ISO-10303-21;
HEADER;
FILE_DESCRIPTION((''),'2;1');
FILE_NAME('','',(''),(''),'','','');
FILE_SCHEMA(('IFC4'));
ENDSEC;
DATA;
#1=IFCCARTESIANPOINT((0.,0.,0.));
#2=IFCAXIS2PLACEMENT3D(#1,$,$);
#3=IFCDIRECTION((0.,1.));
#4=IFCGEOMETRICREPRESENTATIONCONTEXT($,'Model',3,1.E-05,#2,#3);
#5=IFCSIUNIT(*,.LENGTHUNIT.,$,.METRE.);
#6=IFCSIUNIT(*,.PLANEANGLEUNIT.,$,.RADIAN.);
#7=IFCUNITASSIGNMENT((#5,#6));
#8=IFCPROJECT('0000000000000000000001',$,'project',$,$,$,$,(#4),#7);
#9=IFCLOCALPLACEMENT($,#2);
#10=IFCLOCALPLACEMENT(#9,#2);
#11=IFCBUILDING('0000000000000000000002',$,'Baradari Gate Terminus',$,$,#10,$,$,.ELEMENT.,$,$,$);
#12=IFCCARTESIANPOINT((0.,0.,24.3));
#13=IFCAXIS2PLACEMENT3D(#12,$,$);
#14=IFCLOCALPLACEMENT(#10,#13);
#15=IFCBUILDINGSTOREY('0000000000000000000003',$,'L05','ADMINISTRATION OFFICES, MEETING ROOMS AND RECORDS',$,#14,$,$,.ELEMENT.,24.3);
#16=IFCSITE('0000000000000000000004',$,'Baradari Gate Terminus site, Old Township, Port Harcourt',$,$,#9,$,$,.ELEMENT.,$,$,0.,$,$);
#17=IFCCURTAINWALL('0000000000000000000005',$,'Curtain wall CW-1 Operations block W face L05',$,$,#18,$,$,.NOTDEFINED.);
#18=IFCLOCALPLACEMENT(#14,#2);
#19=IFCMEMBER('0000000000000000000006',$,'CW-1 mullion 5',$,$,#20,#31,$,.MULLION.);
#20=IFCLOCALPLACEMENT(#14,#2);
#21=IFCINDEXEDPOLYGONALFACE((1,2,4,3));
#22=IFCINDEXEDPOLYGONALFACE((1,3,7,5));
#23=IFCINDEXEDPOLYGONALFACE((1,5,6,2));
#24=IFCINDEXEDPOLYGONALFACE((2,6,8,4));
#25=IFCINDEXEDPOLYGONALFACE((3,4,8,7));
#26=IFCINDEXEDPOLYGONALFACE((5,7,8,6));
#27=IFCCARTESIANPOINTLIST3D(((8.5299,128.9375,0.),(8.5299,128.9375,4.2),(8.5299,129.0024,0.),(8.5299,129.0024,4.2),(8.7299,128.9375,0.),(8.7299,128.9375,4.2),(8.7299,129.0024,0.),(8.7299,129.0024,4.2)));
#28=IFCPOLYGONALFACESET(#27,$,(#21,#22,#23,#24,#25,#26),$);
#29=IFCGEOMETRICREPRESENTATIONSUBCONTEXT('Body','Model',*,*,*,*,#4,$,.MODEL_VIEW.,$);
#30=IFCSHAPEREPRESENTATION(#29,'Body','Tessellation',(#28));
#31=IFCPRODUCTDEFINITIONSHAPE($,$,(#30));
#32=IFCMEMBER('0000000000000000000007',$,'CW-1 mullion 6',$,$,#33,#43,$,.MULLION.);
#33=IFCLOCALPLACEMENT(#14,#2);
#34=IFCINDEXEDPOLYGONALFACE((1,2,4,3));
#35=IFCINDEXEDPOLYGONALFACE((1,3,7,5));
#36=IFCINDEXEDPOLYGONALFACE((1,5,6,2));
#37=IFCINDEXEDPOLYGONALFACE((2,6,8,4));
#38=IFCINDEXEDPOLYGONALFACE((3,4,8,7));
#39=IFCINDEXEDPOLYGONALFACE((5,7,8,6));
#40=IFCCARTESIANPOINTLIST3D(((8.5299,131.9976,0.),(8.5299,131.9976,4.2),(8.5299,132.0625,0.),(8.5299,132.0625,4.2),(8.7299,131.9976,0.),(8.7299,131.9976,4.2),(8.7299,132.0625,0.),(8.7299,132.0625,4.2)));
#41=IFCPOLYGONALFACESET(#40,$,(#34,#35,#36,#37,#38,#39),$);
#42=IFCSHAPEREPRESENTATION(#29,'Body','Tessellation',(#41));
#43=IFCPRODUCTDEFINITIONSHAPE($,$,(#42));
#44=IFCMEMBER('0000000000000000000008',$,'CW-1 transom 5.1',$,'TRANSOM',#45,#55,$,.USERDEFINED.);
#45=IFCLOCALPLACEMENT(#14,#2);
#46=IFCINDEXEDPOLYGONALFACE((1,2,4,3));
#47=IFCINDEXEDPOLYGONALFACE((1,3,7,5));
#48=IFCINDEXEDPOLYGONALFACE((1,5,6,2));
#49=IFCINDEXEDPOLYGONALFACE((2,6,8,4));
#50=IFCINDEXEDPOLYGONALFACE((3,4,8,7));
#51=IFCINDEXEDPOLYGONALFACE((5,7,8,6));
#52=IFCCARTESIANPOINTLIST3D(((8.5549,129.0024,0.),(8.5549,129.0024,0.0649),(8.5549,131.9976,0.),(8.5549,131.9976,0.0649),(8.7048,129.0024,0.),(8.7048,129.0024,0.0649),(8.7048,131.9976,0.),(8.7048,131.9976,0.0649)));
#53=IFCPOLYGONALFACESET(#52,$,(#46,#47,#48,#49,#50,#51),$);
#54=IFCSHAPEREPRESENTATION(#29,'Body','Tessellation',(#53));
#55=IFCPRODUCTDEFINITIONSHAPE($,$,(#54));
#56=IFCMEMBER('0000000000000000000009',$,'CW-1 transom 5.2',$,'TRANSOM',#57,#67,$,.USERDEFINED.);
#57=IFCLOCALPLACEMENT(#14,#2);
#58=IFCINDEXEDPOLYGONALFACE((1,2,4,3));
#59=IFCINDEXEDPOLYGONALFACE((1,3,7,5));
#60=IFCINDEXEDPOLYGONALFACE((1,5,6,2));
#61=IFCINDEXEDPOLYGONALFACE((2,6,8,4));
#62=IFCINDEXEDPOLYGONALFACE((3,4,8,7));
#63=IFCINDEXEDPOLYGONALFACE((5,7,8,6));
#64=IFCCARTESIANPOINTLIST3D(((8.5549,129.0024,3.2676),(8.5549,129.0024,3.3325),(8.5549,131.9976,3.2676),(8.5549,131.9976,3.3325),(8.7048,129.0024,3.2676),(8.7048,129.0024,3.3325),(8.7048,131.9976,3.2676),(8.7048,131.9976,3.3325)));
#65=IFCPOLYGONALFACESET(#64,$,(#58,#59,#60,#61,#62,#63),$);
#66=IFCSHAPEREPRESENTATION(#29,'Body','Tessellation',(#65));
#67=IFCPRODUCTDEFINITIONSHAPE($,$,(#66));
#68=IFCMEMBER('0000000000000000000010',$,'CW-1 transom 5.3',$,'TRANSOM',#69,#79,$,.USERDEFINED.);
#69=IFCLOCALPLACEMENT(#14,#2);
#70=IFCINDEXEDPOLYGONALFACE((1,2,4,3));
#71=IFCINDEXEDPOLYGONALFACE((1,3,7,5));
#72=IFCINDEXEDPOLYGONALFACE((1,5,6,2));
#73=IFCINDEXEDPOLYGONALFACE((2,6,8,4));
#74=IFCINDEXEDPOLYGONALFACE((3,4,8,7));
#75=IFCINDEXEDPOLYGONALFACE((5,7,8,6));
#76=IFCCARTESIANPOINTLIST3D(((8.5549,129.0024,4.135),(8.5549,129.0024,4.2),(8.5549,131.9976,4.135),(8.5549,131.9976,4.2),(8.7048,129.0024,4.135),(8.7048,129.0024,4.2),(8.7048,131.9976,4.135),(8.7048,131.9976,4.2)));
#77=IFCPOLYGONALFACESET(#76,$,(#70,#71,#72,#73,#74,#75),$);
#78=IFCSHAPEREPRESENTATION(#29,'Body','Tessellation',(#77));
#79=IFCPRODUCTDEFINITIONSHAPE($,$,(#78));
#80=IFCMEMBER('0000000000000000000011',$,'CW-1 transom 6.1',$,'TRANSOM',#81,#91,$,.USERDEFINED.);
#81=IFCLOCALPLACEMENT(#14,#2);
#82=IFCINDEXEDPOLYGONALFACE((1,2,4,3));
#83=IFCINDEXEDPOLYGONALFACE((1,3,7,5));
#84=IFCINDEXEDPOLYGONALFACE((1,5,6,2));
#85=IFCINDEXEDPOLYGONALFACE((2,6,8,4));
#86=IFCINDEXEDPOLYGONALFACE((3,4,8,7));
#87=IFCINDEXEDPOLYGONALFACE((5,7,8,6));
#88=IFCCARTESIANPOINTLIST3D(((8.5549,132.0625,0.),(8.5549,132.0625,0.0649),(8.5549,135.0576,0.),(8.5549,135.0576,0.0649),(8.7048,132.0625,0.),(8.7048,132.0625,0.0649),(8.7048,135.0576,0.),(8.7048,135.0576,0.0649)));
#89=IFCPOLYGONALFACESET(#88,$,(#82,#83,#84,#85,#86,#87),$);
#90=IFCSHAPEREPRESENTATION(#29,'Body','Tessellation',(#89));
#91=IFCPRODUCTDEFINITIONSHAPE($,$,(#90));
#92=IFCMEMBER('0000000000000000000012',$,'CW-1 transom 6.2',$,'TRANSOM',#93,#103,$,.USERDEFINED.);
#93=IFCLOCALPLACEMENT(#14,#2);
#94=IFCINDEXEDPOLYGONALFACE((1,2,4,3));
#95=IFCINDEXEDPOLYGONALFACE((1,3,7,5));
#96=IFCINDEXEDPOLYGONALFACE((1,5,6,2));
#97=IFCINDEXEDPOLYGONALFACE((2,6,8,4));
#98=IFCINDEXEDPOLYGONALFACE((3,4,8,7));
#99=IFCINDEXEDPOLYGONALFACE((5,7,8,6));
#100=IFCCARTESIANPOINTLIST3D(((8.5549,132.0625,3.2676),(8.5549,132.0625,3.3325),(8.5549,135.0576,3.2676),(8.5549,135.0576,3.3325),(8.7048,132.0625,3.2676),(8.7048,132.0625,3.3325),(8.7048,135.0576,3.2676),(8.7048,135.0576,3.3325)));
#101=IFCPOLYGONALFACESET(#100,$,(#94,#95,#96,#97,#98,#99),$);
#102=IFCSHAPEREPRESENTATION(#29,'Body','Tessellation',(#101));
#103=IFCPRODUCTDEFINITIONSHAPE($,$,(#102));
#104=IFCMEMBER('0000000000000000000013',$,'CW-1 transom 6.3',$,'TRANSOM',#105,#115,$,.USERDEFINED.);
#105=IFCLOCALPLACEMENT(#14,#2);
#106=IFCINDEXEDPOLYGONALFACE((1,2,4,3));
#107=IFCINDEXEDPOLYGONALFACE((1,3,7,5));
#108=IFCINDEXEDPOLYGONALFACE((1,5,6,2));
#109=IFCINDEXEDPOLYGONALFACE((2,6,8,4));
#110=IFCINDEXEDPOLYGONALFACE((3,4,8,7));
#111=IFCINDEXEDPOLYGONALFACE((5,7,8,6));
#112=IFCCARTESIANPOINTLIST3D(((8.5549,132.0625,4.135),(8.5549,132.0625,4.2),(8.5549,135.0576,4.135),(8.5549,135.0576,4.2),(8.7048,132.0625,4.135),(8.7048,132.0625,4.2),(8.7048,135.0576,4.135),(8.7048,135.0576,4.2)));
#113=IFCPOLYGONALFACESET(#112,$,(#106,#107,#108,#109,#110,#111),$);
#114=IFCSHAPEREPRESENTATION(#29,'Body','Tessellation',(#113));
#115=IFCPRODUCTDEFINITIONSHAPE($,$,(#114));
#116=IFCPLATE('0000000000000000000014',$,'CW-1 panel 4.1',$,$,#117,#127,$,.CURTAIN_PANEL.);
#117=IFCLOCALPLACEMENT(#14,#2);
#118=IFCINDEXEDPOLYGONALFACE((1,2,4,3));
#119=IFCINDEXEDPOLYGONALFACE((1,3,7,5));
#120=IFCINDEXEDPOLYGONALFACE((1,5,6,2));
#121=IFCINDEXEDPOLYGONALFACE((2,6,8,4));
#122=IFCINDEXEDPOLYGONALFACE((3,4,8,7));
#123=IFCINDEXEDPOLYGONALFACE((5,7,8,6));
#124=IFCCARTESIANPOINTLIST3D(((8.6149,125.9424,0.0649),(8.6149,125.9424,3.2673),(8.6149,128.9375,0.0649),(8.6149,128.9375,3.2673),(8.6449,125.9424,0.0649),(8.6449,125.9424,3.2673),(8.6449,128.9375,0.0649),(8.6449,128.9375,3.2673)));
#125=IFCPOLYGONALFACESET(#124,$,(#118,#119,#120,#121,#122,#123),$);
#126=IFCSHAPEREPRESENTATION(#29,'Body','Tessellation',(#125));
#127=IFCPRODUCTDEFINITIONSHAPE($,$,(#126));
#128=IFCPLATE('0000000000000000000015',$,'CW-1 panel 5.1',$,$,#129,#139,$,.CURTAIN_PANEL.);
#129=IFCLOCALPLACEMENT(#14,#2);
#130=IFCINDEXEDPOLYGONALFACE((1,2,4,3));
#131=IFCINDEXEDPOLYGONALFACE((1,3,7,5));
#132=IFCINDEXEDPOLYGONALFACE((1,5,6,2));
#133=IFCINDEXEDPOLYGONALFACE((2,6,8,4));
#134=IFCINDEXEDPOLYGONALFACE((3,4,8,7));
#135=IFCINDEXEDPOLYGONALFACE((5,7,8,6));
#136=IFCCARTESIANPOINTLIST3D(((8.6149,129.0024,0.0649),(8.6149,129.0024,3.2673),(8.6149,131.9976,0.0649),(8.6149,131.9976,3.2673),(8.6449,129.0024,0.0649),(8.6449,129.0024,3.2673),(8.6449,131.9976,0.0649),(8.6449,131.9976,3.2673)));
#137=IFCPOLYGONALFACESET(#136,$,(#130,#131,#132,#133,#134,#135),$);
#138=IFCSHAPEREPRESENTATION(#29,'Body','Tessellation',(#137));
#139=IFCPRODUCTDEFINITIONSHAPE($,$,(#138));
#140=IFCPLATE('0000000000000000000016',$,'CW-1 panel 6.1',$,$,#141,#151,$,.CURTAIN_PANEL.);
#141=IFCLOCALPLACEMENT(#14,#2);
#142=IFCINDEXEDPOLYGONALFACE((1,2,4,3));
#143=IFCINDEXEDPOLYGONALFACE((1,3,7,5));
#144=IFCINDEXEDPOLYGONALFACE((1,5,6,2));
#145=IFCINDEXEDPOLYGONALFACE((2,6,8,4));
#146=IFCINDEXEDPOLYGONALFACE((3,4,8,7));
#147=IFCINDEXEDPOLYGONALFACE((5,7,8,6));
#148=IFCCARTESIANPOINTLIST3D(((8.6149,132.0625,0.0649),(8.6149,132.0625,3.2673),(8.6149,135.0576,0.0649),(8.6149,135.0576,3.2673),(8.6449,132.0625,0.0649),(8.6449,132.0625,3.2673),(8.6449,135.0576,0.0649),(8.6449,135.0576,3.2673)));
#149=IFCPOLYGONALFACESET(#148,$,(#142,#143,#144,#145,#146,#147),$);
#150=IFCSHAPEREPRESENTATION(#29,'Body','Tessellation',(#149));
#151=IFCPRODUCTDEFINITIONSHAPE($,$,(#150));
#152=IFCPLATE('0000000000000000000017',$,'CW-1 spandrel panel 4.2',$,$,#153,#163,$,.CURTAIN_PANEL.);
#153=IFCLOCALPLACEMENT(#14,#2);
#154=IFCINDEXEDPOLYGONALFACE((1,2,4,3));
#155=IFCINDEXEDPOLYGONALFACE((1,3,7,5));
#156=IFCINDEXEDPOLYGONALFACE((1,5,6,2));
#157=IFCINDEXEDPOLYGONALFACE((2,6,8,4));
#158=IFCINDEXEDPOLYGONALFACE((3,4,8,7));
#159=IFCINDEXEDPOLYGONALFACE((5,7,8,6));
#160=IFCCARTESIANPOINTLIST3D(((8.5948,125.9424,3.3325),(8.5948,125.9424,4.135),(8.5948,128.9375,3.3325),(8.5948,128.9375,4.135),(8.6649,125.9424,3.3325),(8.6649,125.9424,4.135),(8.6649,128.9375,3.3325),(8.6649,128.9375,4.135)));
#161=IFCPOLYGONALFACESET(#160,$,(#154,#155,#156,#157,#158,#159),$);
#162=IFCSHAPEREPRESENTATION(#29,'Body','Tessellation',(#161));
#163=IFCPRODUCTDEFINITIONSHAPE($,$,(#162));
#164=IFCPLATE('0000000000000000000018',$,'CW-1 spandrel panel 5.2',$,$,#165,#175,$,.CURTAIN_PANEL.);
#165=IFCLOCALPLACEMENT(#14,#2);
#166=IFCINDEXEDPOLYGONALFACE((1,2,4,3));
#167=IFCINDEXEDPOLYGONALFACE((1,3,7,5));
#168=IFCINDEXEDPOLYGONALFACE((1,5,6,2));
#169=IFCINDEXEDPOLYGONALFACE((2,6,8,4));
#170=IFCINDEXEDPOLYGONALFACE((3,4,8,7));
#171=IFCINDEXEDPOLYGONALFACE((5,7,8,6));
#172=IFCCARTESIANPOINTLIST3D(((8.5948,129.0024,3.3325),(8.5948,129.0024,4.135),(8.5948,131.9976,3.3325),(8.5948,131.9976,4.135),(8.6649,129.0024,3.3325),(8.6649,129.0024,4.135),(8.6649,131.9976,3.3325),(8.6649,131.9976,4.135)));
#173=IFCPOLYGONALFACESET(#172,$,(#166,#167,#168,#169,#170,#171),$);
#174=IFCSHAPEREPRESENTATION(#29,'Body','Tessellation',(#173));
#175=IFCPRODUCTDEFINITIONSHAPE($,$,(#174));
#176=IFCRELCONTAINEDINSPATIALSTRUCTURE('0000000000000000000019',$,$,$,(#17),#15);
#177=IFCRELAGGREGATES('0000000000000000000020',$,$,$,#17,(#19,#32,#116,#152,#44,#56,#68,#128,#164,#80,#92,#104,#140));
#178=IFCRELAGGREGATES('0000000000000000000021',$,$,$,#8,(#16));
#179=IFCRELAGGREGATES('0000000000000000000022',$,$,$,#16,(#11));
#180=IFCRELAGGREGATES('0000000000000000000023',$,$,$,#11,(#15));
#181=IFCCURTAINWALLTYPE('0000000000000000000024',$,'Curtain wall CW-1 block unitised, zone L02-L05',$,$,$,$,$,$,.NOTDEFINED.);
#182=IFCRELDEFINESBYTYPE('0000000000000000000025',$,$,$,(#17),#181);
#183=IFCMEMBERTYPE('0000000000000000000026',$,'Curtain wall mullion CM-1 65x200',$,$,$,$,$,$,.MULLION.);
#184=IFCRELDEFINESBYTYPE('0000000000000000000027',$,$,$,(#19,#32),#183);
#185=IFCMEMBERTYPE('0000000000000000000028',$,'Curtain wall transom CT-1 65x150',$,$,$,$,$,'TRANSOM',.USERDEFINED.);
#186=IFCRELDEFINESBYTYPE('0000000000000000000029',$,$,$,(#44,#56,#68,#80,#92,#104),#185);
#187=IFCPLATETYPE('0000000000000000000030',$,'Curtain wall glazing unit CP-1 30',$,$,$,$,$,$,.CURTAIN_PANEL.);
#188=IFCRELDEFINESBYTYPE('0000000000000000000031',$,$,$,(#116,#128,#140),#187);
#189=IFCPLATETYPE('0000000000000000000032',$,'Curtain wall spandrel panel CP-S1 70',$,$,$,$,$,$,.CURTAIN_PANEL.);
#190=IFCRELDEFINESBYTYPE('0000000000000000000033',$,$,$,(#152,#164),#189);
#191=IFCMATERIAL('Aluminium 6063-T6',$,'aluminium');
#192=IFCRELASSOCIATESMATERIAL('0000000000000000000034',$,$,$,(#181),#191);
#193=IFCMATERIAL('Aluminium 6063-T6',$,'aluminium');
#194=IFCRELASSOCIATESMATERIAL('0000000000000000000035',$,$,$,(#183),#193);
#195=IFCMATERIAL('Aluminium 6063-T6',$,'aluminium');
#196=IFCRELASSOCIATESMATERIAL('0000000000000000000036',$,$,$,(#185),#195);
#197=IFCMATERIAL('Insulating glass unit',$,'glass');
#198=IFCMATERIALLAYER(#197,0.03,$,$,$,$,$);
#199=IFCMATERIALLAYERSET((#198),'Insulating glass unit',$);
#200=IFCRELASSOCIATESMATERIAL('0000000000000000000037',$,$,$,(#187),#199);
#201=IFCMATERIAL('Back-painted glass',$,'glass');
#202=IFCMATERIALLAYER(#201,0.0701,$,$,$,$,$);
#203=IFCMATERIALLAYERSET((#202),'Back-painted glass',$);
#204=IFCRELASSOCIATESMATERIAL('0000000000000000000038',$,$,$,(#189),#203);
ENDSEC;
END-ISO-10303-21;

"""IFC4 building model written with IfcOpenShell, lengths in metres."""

from ifc_helpers import new_model, si_unit, direction, frame, origin, origin_2d, place, context, subcontext, project, spatial, rectangle, extrude, material, layer, layer_set, material_profile, profile_set, type_object, element, aggregate, save


model = new_model("IFC4")

# Units and contexts
model_context = context("Model", 3, precision=1e-05, world=origin(), true_north=direction((0.0, 1.0)))
body_context = subcontext(model_context, "Body", "Model", "MODEL_VIEW")
ifc_project = project(units=[si_unit("LENGTHUNIT", "METRE"), si_unit("PLANEANGLEUNIT", "RADIAN")], contexts=[model_context])

# Site, building, storey
site_placement = place(None, origin())
site = spatial("IfcSite", under=ifc_project, at=site_placement, Name="Baradari Gate Terminus site, Old Township, Port Harcourt", CompositionType="ELEMENT", RefElevation=0.0)
building_placement = place(site_placement, origin())
building = spatial("IfcBuilding", under=site, at=building_placement, Name="Baradari Gate Terminus", CompositionType="ELEMENT")
storey_placement = place(building_placement, frame((0.0, 0.0, 24.3)))
storey = spatial("IfcBuildingStorey", under=building, at=storey_placement, Name="L05", Description="ADMINISTRATION OFFICES, MEETING ROOMS AND RECORDS", CompositionType="ELEMENT", Elevation=24.3)

# Curtain wall, members, plates
ifc_material_1 = material(Name="Aluminium 6063-T6", Category="aluminium")
curtain_wall_type = type_object("IfcCurtainWallType", Name="Curtain wall CW-1 block unitised, zone L02-L05", PredefinedType="NOTDEFINED", material=ifc_material_1)
curtain_wall_placement = place(storey_placement, origin())
curtain_wall = element("IfcCurtainWall", 1, at=curtain_wall_placement, inside=storey, type_object=curtain_wall_type, Name="Curtain wall CW-1 Operations block W face L05", PredefinedType="NOTDEFINED")
ifc_material_2 = material(Name="Aluminium 6063-T6", Category="aluminium")
ifc_material_profile_1 = material_profile(ifc_material_2, rectangle(XDim=0.2, YDim=0.0649, at=origin_2d()), Name="CM-1 65X200")
ifc_profile_set_1 = profile_set([ifc_material_profile_1], Name="Aluminium 6063-T6")
member_type_1 = type_object("IfcMemberType", Name="Curtain wall mullion CM-1 65x200", PredefinedType="MULLION", material=ifc_profile_set_1)
member_1_placement = place(storey_placement, frame((8.6299, 128.97, 0.0), z_axis=(0.0, 0.0, 1.0), x_axis=(-1.0, 0.0, 0.0)))
member_1 = element("IfcMember", 2, at=member_1_placement, type_object=member_type_1, Name="CW-1 mullion 5", PredefinedType="MULLION", context=body_context, shape_type="SweptSolid", body=[
    extrude(rectangle(XDim=0.2, YDim=0.0649, at=origin_2d()), origin(), (0.0, 0.0, 1.0), 4.2),
])
member_2_placement = place(storey_placement, frame((8.6299, 132.03, 0.0), z_axis=(0.0, 0.0, 1.0), x_axis=(-1.0, 0.0, 0.0)))
member_2 = element("IfcMember", 3, at=member_2_placement, type_object=member_type_1, Name="CW-1 mullion 6", PredefinedType="MULLION", context=body_context, shape_type="SweptSolid", body=[
    extrude(rectangle(XDim=0.2, YDim=0.0649, at=origin_2d()), origin(), (0.0, 0.0, 1.0), 4.2),
])
ifc_material_3 = material(Name="Aluminium 6063-T6", Category="aluminium")
ifc_material_profile_2 = material_profile(ifc_material_3, rectangle(XDim=0.1499, YDim=0.0649, at=origin_2d()), Name="CT-1 65X150")
ifc_profile_set_2 = profile_set([ifc_material_profile_2], Name="Aluminium 6063-T6")
member_type_2 = type_object("IfcMemberType", Name="Curtain wall transom CT-1 65x150", ElementType="TRANSOM", PredefinedType="USERDEFINED", material=ifc_profile_set_2)
member_3_placement = place(storey_placement, frame((8.6299, 129.0024, 0.0325), z_axis=(0.0, 1.0, 0.0), x_axis=(-1.0, 0.0, 0.0)))
member_3 = element("IfcMember", 4, at=member_3_placement, type_object=member_type_2, Name="CW-1 transom 5.1", ObjectType="TRANSOM", PredefinedType="USERDEFINED", context=body_context, shape_type="SweptSolid", body=[
    extrude(rectangle(XDim=0.1499, YDim=0.0649, at=origin_2d()), origin(), (0.0, 0.0, 1.0), 2.9951),
])
member_4_placement = place(storey_placement, frame((8.6299, 129.0024, 3.3), z_axis=(0.0, 1.0, 0.0), x_axis=(-1.0, 0.0, 0.0)))
member_4 = element("IfcMember", 5, at=member_4_placement, type_object=member_type_2, Name="CW-1 transom 5.2", ObjectType="TRANSOM", PredefinedType="USERDEFINED", context=body_context, shape_type="SweptSolid", body=[
    extrude(rectangle(XDim=0.1499, YDim=0.0649, at=origin_2d()), origin(), (0.0, 0.0, 1.0), 2.9951),
])
member_5_placement = place(storey_placement, frame((8.6299, 129.0024, 4.1675), z_axis=(0.0, 1.0, 0.0), x_axis=(-1.0, 0.0, 0.0)))
member_5 = element("IfcMember", 6, at=member_5_placement, type_object=member_type_2, Name="CW-1 transom 5.3", ObjectType="TRANSOM", PredefinedType="USERDEFINED", context=body_context, shape_type="SweptSolid", body=[
    extrude(rectangle(XDim=0.1499, YDim=0.0649, at=origin_2d()), origin(), (0.0, 0.0, 1.0), 2.9951),
])
member_6_placement = place(storey_placement, frame((8.6299, 132.0625, 0.0325), z_axis=(0.0, 1.0, 0.0), x_axis=(-1.0, 0.0, 0.0)))
member_6 = element("IfcMember", 7, at=member_6_placement, type_object=member_type_2, Name="CW-1 transom 6.1", ObjectType="TRANSOM", PredefinedType="USERDEFINED", context=body_context, shape_type="SweptSolid", body=[
    extrude(rectangle(XDim=0.1499, YDim=0.0649, at=origin_2d()), origin(), (0.0, 0.0, 1.0), 2.9951),
])
member_7_placement = place(storey_placement, frame((8.6299, 132.0625, 3.3), z_axis=(0.0, 1.0, 0.0), x_axis=(-1.0, 0.0, 0.0)))
member_7 = element("IfcMember", 8, at=member_7_placement, type_object=member_type_2, Name="CW-1 transom 6.2", ObjectType="TRANSOM", PredefinedType="USERDEFINED", context=body_context, shape_type="SweptSolid", body=[
    extrude(rectangle(XDim=0.1499, YDim=0.0649, at=origin_2d()), origin(), (0.0, 0.0, 1.0), 2.9951),
])
member_8_placement = place(storey_placement, frame((8.6299, 132.0625, 4.1675), z_axis=(0.0, 1.0, 0.0), x_axis=(-1.0, 0.0, 0.0)))
member_8 = element("IfcMember", 9, at=member_8_placement, type_object=member_type_2, Name="CW-1 transom 6.3", ObjectType="TRANSOM", PredefinedType="USERDEFINED", context=body_context, shape_type="SweptSolid", body=[
    extrude(rectangle(XDim=0.1499, YDim=0.0649, at=origin_2d()), origin(), (0.0, 0.0, 1.0), 2.9951),
])
ifc_material_4 = material(Name="Insulating glass unit", Category="glass")
ifc_layer_1 = layer(ifc_material_4, 0.03)
ifc_layer_set_1 = layer_set([ifc_layer_1], Name="Insulating glass unit")
plate_type_1 = type_object("IfcPlateType", Name="Curtain wall glazing unit CP-1 30", PredefinedType="CURTAIN_PANEL", material=ifc_layer_set_1)
plate_1_placement = place(storey_placement, frame((8.6299, 127.4399, 0.0649), z_axis=(0.0, 0.0, 1.0), x_axis=(0.0, 1.0, 0.0)))
plate_1 = element("IfcPlate", 10, at=plate_1_placement, type_object=plate_type_1, Name="CW-1 panel 4.1", PredefinedType="CURTAIN_PANEL", context=body_context, shape_type="SweptSolid", body=[
    extrude(rectangle(XDim=2.9951, YDim=0.03, at=origin_2d()), origin(), (0.0, 0.0, 1.0), 3.2024),
])
plate_2_placement = place(storey_placement, frame((8.6299, 130.5, 0.0649), z_axis=(0.0, 0.0, 1.0), x_axis=(0.0, 1.0, 0.0)))
plate_2 = element("IfcPlate", 11, at=plate_2_placement, type_object=plate_type_1, Name="CW-1 panel 5.1", PredefinedType="CURTAIN_PANEL", context=body_context, shape_type="SweptSolid", body=[
    extrude(rectangle(XDim=2.9951, YDim=0.03, at=origin_2d()), origin(), (0.0, 0.0, 1.0), 3.2024),
])
plate_3_placement = place(storey_placement, frame((8.6299, 133.5601, 0.0649), z_axis=(0.0, 0.0, 1.0), x_axis=(0.0, 1.0, 0.0)))
plate_3 = element("IfcPlate", 12, at=plate_3_placement, type_object=plate_type_1, Name="CW-1 panel 6.1", PredefinedType="CURTAIN_PANEL", context=body_context, shape_type="SweptSolid", body=[
    extrude(rectangle(XDim=2.9951, YDim=0.03, at=origin_2d()), origin(), (0.0, 0.0, 1.0), 3.2024),
])
ifc_material_5 = material(Name="Back-painted glass", Category="glass")
ifc_layer_2 = layer(ifc_material_5, 0.0701)
ifc_layer_set_2 = layer_set([ifc_layer_2], Name="Back-painted glass")
plate_type_2 = type_object("IfcPlateType", Name="Curtain wall spandrel panel CP-S1 70", PredefinedType="CURTAIN_PANEL", material=ifc_layer_set_2)
plate_4_placement = place(storey_placement, frame((8.6299, 127.4399, 3.3325), z_axis=(0.0, 0.0, 1.0), x_axis=(0.0, 1.0, 0.0)))
plate_4 = element("IfcPlate", 13, at=plate_4_placement, type_object=plate_type_2, Name="CW-1 spandrel panel 4.2", PredefinedType="CURTAIN_PANEL", context=body_context, shape_type="SweptSolid", body=[
    extrude(rectangle(XDim=2.9951, YDim=0.0701, at=origin_2d()), origin(), (0.0, 0.0, 1.0), 0.8025),
])
plate_5_placement = place(storey_placement, frame((8.6299, 130.5, 3.3325), z_axis=(0.0, 0.0, 1.0), x_axis=(0.0, 1.0, 0.0)))
plate_5 = element("IfcPlate", 14, at=plate_5_placement, type_object=plate_type_2, Name="CW-1 spandrel panel 5.2", PredefinedType="CURTAIN_PANEL", context=body_context, shape_type="SweptSolid", body=[
    extrude(rectangle(XDim=2.9951, YDim=0.0701, at=origin_2d()), origin(), (0.0, 0.0, 1.0), 0.8025),
])
aggregate(curtain_wall, [member_1, member_2, plate_1, plate_4, member_3, member_4, member_5, plate_2, plate_5, member_6, member_7, member_8, plate_3])

save(model, "model.ifc")
